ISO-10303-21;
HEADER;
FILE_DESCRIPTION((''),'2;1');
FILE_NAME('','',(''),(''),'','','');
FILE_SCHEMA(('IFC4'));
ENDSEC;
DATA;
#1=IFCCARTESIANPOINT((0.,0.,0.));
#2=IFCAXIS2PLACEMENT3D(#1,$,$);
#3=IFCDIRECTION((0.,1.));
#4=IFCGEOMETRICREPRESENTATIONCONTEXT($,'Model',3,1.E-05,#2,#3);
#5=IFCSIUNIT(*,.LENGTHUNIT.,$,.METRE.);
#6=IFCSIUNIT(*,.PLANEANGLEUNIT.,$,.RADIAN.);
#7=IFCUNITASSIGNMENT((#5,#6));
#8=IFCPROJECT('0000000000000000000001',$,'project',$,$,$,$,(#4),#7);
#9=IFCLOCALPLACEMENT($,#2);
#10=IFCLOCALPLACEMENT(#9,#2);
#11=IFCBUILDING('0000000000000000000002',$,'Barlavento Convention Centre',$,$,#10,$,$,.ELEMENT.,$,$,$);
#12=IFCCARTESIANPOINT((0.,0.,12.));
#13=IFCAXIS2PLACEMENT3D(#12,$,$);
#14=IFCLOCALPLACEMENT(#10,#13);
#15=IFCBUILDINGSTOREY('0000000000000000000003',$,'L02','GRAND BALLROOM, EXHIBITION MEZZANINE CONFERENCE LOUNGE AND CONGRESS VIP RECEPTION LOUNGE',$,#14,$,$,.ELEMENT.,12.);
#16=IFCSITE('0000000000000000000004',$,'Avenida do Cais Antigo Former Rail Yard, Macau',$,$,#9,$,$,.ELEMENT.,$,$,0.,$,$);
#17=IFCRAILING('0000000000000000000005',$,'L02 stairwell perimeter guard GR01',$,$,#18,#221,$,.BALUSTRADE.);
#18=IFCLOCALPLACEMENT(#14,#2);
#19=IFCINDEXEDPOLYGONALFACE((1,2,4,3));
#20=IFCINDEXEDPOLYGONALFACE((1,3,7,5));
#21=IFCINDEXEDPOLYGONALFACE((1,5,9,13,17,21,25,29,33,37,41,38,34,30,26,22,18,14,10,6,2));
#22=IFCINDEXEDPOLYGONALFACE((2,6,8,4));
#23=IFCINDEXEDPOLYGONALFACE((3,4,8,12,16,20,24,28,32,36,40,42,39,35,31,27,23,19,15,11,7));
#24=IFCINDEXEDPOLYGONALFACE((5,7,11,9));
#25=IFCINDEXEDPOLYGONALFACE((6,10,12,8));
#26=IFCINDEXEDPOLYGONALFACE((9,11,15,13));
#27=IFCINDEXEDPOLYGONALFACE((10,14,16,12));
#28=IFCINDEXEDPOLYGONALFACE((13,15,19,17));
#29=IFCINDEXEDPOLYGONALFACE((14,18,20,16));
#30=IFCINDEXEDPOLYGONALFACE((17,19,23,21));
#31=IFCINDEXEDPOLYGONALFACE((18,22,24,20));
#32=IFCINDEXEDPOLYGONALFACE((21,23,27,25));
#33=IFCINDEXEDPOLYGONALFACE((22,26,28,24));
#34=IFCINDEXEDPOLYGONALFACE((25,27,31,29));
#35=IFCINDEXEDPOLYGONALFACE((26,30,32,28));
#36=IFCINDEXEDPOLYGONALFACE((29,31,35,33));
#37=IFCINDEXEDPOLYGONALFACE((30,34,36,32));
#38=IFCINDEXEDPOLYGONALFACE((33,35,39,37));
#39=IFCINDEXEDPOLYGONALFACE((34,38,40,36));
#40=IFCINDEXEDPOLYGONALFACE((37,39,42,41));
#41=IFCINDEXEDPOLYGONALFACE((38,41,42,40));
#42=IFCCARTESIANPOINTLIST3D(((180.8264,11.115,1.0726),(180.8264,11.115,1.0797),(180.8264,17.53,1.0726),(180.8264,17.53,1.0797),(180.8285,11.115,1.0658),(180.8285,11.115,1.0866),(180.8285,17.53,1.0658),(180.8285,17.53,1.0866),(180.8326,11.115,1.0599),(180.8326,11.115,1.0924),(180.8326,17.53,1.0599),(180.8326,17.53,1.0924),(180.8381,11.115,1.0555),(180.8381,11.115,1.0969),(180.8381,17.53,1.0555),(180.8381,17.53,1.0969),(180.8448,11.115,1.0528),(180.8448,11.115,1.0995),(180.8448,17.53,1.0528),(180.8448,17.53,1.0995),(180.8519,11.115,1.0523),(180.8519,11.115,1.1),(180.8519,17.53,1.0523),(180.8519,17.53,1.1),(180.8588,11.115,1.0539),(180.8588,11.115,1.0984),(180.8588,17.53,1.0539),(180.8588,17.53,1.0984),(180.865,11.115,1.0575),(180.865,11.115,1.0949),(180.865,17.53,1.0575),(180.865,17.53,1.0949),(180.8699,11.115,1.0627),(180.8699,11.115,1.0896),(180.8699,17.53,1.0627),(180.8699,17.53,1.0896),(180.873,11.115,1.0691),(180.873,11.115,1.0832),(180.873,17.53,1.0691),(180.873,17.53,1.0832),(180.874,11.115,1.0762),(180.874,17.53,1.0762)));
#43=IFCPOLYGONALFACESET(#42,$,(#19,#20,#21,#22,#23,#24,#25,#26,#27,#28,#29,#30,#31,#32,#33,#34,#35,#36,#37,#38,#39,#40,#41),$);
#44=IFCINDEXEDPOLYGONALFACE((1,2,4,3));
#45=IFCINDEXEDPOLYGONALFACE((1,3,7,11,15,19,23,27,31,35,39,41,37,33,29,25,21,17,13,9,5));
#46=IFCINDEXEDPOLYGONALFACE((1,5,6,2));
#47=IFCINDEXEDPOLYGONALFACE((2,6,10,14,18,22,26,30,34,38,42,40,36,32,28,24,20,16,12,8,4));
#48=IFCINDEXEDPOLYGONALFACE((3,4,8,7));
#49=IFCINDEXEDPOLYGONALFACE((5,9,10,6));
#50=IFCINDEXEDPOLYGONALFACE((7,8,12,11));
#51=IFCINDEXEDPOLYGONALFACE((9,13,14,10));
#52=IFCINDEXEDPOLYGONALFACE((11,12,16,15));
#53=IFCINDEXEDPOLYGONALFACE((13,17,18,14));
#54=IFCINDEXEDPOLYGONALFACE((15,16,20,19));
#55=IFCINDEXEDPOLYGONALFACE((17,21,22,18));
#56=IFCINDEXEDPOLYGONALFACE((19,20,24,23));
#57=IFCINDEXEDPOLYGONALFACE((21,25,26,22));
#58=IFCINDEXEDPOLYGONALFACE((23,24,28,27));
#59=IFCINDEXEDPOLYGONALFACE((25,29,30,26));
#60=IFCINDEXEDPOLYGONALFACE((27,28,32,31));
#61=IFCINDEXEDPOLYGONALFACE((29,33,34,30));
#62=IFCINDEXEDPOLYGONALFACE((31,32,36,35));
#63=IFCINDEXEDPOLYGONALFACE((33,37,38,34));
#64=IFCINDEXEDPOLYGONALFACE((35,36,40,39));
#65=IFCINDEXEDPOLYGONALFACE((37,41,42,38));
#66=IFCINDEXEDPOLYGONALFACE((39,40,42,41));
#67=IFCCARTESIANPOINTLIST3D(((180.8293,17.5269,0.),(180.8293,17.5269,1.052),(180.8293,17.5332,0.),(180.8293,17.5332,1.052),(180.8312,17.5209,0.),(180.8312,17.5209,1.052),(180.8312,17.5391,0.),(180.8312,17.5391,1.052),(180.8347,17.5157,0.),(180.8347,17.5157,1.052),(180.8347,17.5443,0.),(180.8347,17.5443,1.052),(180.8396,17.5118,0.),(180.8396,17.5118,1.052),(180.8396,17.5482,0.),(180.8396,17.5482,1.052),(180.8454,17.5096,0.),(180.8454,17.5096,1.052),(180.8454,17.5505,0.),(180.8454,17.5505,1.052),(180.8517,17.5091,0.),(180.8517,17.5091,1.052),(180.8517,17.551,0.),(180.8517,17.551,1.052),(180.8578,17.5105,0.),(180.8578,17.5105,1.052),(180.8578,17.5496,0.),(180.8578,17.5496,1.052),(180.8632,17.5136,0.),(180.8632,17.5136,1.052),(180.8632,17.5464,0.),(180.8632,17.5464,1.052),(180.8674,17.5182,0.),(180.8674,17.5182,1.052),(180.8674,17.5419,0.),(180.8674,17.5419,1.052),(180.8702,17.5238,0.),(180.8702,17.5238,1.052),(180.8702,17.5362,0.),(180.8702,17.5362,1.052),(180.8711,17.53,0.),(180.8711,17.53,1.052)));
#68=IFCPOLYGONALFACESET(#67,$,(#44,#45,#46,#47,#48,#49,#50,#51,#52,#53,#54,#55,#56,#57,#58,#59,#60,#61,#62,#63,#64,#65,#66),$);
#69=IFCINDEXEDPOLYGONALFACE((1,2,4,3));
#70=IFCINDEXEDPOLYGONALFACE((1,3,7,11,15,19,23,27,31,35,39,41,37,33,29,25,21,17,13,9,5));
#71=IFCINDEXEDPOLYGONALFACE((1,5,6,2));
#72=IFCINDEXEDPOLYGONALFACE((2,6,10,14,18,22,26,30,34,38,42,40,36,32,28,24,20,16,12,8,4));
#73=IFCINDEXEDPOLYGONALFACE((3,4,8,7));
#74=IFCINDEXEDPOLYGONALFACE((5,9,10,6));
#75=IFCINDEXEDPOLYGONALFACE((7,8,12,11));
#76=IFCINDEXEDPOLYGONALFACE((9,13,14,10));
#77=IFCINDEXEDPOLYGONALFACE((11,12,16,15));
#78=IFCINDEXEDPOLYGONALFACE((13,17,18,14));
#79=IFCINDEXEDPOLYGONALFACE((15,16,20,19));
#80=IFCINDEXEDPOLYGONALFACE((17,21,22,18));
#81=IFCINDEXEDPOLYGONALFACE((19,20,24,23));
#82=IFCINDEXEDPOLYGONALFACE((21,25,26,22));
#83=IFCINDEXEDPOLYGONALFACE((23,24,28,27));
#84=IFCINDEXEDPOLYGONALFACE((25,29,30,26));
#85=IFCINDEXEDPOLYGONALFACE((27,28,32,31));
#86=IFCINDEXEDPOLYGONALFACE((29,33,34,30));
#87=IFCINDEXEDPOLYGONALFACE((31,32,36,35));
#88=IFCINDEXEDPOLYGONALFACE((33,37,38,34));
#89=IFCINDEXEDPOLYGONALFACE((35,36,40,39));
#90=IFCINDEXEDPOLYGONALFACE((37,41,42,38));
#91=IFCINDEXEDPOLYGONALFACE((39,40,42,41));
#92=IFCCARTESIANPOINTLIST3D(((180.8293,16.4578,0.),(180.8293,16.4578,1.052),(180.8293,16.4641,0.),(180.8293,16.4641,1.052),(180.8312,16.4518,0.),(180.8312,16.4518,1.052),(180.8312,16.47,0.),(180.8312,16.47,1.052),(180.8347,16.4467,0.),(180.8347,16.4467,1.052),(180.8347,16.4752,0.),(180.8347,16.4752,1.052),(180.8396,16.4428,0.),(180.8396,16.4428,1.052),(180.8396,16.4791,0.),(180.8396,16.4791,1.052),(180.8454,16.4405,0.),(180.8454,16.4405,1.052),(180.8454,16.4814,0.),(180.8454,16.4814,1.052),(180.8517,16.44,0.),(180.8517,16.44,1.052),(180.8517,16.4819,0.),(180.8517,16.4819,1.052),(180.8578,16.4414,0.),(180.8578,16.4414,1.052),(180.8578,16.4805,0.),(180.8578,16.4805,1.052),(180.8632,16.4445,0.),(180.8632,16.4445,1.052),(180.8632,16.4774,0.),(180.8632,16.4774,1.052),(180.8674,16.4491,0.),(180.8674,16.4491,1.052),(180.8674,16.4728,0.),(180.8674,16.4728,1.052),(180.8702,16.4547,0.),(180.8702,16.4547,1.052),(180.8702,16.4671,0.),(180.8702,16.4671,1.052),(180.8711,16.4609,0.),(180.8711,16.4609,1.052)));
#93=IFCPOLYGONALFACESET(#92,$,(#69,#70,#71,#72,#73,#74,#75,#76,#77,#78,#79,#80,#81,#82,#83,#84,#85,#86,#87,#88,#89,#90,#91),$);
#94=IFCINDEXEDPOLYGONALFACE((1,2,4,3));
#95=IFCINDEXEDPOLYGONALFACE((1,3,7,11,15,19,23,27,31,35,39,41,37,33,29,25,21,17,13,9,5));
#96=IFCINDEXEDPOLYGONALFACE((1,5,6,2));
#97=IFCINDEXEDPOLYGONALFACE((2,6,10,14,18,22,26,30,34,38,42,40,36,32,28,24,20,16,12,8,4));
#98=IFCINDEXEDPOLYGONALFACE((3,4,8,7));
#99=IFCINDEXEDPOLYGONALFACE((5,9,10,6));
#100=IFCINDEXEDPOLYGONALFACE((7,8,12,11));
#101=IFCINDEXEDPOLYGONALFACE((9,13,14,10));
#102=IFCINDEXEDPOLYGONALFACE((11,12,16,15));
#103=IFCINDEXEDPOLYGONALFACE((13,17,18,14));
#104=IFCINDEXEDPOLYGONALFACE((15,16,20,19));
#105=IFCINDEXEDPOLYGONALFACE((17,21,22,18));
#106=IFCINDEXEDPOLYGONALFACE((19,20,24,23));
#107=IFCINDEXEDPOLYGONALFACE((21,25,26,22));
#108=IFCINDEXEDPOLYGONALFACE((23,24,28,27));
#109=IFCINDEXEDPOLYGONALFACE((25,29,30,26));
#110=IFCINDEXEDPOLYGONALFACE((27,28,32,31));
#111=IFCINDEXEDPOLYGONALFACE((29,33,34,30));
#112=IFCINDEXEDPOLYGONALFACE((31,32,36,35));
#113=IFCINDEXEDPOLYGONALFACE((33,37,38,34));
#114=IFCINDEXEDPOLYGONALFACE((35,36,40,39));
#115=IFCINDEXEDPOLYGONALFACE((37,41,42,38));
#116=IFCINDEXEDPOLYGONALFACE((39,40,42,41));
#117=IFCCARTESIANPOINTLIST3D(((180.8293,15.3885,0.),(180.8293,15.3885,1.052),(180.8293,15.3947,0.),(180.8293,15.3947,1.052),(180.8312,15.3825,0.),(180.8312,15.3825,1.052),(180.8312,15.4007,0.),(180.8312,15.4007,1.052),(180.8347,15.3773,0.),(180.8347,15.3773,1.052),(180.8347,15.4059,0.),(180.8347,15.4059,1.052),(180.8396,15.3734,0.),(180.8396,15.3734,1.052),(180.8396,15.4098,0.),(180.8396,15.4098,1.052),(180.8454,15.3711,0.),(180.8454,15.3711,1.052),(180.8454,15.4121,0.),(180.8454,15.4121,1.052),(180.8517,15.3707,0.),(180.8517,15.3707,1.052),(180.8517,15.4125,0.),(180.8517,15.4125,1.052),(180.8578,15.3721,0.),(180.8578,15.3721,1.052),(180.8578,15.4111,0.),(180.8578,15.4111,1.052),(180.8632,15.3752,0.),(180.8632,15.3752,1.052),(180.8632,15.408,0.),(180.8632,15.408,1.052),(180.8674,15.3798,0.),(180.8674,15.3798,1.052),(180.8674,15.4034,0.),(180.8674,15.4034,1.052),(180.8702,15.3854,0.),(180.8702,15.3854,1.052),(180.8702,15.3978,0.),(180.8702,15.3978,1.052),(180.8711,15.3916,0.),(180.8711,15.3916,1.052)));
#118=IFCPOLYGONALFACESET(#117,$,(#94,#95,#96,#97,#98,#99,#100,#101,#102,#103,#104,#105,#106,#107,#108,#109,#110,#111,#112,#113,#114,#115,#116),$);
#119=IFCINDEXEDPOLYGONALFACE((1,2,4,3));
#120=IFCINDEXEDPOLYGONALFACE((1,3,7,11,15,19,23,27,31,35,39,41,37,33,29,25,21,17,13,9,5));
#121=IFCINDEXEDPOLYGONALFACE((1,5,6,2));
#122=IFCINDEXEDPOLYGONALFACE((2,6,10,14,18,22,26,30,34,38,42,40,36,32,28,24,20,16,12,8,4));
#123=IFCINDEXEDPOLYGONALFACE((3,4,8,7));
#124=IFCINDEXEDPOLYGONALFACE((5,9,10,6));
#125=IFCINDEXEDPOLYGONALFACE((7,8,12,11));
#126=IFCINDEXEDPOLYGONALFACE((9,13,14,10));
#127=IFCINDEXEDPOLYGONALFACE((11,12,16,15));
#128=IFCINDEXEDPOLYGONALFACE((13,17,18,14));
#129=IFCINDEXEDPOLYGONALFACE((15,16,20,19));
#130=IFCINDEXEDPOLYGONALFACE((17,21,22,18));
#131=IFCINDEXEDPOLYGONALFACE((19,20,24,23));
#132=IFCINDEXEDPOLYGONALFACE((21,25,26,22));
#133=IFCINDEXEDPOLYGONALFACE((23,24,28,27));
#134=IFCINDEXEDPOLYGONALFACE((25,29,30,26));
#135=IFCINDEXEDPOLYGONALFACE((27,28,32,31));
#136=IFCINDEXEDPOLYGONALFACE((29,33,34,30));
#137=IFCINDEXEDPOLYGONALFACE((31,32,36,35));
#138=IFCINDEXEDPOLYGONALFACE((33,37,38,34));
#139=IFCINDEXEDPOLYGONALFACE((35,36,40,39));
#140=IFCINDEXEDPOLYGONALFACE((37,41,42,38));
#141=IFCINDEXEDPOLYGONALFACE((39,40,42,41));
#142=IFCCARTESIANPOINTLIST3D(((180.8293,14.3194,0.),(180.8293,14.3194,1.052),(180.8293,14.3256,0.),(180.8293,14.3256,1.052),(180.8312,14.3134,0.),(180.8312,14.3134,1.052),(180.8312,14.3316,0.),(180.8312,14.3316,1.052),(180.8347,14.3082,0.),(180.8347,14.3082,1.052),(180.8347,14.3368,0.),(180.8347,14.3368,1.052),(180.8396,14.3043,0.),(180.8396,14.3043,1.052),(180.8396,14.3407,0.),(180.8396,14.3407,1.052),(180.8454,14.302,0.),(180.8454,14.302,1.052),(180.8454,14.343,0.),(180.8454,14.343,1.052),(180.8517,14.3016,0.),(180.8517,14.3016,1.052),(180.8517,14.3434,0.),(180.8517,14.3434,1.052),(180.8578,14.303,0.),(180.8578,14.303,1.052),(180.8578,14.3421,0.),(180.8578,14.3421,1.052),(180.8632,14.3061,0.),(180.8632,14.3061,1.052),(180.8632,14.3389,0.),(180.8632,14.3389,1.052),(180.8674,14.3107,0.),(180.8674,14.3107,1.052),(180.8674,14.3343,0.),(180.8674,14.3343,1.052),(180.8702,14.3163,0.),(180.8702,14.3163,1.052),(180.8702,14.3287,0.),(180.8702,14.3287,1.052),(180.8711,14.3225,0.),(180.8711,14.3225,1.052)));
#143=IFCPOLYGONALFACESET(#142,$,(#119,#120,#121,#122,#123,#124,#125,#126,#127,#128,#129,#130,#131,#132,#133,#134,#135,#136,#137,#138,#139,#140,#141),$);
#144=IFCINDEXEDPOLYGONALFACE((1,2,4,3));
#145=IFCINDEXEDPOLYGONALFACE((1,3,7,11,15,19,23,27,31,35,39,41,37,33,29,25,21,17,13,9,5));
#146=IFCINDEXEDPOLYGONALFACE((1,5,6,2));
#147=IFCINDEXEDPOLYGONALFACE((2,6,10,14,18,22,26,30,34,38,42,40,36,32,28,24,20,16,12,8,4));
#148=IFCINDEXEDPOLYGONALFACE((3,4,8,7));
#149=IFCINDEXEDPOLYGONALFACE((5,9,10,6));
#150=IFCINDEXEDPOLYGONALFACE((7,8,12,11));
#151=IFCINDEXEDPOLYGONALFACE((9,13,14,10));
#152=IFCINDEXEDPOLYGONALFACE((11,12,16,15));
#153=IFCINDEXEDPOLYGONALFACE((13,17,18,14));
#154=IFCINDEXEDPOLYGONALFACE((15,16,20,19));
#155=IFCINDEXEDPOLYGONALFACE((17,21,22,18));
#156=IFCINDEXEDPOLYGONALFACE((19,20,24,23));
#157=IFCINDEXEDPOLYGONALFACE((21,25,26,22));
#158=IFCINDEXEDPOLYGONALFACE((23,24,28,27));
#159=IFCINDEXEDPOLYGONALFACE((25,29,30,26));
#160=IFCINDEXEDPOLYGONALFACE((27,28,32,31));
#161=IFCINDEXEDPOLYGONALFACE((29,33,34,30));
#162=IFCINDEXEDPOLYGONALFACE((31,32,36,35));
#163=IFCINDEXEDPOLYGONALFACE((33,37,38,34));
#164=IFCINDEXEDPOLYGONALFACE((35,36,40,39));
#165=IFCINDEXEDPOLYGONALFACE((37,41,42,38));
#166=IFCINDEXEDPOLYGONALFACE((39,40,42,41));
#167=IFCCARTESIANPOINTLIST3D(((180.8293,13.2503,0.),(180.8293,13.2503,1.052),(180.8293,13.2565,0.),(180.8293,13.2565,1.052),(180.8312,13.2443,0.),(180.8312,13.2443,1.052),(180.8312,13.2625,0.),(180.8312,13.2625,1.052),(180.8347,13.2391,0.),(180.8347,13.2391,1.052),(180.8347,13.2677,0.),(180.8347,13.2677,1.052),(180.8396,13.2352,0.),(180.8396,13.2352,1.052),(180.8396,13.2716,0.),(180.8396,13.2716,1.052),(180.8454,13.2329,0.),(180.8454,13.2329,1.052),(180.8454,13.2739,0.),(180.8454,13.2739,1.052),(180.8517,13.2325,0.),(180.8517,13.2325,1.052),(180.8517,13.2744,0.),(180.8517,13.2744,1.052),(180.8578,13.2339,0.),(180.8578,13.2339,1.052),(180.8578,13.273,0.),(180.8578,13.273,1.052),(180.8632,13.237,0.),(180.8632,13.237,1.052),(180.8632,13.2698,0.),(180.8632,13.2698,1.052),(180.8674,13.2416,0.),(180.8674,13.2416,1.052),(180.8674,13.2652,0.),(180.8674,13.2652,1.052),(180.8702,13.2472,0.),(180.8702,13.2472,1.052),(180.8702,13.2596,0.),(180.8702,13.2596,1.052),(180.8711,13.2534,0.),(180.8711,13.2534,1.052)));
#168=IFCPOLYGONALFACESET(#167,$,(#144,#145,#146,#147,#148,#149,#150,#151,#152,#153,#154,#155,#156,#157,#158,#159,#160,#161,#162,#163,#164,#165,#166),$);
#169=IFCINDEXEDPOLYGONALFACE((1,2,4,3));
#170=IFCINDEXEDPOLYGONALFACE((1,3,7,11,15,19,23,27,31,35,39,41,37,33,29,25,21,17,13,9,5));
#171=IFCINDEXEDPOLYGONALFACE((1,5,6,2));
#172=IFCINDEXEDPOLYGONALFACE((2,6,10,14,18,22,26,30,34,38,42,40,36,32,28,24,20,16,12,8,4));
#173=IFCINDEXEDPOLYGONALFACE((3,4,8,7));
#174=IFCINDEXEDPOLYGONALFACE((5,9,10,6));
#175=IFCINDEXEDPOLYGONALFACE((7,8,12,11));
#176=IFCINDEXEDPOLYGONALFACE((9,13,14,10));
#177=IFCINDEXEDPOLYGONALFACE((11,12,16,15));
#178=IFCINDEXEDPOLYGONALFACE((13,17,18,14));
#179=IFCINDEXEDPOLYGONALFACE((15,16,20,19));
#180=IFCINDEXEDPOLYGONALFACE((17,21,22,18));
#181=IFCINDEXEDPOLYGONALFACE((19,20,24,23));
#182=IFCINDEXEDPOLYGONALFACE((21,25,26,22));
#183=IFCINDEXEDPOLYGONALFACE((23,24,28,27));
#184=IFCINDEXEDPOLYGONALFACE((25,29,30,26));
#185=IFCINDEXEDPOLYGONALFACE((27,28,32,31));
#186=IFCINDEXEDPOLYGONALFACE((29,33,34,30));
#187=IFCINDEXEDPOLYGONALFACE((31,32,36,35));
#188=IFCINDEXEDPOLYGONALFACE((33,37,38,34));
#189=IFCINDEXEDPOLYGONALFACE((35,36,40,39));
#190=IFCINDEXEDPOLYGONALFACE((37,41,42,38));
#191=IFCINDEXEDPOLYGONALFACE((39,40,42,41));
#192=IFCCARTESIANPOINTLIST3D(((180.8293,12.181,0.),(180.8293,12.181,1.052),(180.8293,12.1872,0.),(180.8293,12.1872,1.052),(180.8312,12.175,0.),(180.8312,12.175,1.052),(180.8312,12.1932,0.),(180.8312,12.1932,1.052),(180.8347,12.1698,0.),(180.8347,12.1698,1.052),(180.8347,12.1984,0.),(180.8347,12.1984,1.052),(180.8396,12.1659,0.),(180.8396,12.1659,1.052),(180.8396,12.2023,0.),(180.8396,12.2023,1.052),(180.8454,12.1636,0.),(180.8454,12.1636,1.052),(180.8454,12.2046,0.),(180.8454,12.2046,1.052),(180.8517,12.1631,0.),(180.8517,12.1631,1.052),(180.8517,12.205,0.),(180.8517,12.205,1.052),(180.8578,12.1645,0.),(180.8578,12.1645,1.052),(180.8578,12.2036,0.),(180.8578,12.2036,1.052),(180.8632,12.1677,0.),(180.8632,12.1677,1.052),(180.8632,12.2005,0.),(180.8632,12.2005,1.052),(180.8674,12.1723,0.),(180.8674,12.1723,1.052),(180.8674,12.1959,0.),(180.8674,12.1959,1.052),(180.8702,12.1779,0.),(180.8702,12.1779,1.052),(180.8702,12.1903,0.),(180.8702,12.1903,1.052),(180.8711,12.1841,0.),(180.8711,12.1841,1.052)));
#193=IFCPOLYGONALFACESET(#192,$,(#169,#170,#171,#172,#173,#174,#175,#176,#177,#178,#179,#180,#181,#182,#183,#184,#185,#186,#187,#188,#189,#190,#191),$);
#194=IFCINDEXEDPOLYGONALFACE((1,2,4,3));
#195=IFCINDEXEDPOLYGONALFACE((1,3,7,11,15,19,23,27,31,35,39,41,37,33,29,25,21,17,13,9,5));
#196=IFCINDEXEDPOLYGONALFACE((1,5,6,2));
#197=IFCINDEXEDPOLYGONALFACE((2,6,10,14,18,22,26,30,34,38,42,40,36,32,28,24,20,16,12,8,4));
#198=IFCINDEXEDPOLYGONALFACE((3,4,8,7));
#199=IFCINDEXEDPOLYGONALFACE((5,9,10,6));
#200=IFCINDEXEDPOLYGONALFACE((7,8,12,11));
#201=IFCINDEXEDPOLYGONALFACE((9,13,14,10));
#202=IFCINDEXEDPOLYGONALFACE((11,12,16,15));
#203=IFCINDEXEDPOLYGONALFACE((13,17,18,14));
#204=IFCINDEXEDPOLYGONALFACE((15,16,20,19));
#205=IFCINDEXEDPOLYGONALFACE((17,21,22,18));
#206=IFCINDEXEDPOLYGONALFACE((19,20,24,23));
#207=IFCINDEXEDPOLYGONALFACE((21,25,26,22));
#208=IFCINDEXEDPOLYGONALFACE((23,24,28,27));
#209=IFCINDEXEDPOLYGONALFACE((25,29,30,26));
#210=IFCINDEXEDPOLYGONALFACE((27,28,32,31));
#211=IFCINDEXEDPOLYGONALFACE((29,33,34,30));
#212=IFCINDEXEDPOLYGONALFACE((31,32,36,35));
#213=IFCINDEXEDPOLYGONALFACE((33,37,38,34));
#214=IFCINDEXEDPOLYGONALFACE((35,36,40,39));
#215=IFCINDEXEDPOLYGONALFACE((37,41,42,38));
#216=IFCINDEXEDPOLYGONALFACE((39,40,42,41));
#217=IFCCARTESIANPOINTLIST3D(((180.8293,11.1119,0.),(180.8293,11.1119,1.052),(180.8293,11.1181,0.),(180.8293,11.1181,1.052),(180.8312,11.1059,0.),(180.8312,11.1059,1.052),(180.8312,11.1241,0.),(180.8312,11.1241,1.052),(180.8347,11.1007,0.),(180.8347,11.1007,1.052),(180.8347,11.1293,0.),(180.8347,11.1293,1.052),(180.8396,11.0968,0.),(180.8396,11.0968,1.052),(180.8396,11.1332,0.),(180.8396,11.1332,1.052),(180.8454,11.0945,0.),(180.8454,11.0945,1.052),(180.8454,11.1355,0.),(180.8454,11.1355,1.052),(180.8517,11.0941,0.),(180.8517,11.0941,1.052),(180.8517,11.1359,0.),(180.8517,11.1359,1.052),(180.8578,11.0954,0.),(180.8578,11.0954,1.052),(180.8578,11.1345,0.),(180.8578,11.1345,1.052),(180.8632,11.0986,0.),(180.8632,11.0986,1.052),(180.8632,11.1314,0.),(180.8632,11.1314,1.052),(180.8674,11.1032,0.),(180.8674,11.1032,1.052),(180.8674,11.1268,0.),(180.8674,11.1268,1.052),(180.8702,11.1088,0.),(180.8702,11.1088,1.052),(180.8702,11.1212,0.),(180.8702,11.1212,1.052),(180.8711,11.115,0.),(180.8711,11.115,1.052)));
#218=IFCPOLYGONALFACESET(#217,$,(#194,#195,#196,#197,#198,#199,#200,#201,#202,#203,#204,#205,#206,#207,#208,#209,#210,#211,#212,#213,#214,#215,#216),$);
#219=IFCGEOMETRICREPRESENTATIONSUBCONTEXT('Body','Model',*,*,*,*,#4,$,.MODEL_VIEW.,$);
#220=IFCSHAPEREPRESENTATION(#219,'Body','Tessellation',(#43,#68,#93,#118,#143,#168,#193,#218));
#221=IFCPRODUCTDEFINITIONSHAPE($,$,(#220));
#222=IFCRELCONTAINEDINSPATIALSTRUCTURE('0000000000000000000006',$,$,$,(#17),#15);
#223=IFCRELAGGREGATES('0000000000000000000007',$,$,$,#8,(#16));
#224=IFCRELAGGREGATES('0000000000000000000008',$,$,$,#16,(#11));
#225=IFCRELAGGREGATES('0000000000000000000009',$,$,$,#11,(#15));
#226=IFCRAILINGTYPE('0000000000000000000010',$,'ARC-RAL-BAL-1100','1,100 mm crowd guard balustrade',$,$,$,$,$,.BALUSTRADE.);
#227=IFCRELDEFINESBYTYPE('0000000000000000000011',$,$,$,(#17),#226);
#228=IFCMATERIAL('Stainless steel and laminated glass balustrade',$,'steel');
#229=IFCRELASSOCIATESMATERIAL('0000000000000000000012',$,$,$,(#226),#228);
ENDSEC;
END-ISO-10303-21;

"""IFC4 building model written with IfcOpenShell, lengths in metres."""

from ifc_helpers import new_model, si_unit, direction, frame, origin, origin_2d, place, context, subcontext, project, spatial, circle, extrude, material, type_object, element, save


model = new_model("IFC4")

# Units and contexts
model_context = context("Model", 3, precision=1e-05, world=origin(), true_north=direction((0.0, 1.0)))
body_context = subcontext(model_context, "Body", "Model", "MODEL_VIEW")
ifc_project = project(units=[si_unit("LENGTHUNIT", "METRE"), si_unit("PLANEANGLEUNIT", "RADIAN")], contexts=[model_context])

# Site, building, storey
site_placement = place(None, origin())
site = spatial("IfcSite", under=ifc_project, at=site_placement, Name="Avenida do Cais Antigo Former Rail Yard, Macau", CompositionType="ELEMENT", RefElevation=0.0)
building_placement = place(site_placement, origin())
building = spatial("IfcBuilding", under=site, at=building_placement, Name="Barlavento Convention Centre", CompositionType="ELEMENT")
storey_placement = place(building_placement, frame((0.0, 0.0, 12.0)))
storey = spatial("IfcBuildingStorey", under=building, at=storey_placement, Name="L02", Description="GRAND BALLROOM, EXHIBITION MEZZANINE CONFERENCE LOUNGE AND CONGRESS VIP RECEPTION LOUNGE", CompositionType="ELEMENT", Elevation=12.0)

# Railing
ifc_material_1 = material(Name="Stainless steel and laminated glass balustrade", Category="steel")
railing_type_1 = type_object("IfcRailingType", Name="ARC-RAL-BAL-1100", Description="1,100 mm crowd guard balustrade", PredefinedType="BALUSTRADE", material=ifc_material_1)
railing_1_placement = place(storey_placement, frame((180.8501, 17.53, 0.0)))
element("IfcRailing", 1, at=railing_1_placement, inside=storey, type_object=railing_type_1, Name="L02 stairwell perimeter guard GR01", PredefinedType="BALUSTRADE", context=body_context, shape_type="SweptSolid", body=[
    extrude(circle(Radius=0.0239, at=origin_2d()), frame((0.0, 0.0, 1.0762), z_axis=(0.0, -1.0, 0.0), x_axis=(1.0, 0.0, 0.0)), (0.0, 0.0, 1.0), 6.415),
    extrude(circle(Radius=0.021, at=origin_2d()), origin(), (0.0, 0.0, 1.0), 1.052),
    extrude(circle(Radius=0.021, at=origin_2d()), frame((0.0, -1.0691, 0.0)), (0.0, 0.0, 1.0), 1.052),
    extrude(circle(Radius=0.021, at=origin_2d()), frame((0.0, -2.1384, 0.0)), (0.0, 0.0, 1.0), 1.052),
    extrude(circle(Radius=0.021, at=origin_2d()), frame((0.0, -3.2075, 0.0)), (0.0, 0.0, 1.0), 1.052),
    extrude(circle(Radius=0.021, at=origin_2d()), frame((0.0, -4.2766, 0.0)), (0.0, 0.0, 1.0), 1.052),
    extrude(circle(Radius=0.021, at=origin_2d()), frame((0.0, -5.3459, 0.0)), (0.0, 0.0, 1.0), 1.052),
    extrude(circle(Radius=0.021, at=origin_2d()), frame((0.0, -6.415, 0.0)), (0.0, 0.0, 1.0), 1.052),
])

save(model, "model.ifc")
